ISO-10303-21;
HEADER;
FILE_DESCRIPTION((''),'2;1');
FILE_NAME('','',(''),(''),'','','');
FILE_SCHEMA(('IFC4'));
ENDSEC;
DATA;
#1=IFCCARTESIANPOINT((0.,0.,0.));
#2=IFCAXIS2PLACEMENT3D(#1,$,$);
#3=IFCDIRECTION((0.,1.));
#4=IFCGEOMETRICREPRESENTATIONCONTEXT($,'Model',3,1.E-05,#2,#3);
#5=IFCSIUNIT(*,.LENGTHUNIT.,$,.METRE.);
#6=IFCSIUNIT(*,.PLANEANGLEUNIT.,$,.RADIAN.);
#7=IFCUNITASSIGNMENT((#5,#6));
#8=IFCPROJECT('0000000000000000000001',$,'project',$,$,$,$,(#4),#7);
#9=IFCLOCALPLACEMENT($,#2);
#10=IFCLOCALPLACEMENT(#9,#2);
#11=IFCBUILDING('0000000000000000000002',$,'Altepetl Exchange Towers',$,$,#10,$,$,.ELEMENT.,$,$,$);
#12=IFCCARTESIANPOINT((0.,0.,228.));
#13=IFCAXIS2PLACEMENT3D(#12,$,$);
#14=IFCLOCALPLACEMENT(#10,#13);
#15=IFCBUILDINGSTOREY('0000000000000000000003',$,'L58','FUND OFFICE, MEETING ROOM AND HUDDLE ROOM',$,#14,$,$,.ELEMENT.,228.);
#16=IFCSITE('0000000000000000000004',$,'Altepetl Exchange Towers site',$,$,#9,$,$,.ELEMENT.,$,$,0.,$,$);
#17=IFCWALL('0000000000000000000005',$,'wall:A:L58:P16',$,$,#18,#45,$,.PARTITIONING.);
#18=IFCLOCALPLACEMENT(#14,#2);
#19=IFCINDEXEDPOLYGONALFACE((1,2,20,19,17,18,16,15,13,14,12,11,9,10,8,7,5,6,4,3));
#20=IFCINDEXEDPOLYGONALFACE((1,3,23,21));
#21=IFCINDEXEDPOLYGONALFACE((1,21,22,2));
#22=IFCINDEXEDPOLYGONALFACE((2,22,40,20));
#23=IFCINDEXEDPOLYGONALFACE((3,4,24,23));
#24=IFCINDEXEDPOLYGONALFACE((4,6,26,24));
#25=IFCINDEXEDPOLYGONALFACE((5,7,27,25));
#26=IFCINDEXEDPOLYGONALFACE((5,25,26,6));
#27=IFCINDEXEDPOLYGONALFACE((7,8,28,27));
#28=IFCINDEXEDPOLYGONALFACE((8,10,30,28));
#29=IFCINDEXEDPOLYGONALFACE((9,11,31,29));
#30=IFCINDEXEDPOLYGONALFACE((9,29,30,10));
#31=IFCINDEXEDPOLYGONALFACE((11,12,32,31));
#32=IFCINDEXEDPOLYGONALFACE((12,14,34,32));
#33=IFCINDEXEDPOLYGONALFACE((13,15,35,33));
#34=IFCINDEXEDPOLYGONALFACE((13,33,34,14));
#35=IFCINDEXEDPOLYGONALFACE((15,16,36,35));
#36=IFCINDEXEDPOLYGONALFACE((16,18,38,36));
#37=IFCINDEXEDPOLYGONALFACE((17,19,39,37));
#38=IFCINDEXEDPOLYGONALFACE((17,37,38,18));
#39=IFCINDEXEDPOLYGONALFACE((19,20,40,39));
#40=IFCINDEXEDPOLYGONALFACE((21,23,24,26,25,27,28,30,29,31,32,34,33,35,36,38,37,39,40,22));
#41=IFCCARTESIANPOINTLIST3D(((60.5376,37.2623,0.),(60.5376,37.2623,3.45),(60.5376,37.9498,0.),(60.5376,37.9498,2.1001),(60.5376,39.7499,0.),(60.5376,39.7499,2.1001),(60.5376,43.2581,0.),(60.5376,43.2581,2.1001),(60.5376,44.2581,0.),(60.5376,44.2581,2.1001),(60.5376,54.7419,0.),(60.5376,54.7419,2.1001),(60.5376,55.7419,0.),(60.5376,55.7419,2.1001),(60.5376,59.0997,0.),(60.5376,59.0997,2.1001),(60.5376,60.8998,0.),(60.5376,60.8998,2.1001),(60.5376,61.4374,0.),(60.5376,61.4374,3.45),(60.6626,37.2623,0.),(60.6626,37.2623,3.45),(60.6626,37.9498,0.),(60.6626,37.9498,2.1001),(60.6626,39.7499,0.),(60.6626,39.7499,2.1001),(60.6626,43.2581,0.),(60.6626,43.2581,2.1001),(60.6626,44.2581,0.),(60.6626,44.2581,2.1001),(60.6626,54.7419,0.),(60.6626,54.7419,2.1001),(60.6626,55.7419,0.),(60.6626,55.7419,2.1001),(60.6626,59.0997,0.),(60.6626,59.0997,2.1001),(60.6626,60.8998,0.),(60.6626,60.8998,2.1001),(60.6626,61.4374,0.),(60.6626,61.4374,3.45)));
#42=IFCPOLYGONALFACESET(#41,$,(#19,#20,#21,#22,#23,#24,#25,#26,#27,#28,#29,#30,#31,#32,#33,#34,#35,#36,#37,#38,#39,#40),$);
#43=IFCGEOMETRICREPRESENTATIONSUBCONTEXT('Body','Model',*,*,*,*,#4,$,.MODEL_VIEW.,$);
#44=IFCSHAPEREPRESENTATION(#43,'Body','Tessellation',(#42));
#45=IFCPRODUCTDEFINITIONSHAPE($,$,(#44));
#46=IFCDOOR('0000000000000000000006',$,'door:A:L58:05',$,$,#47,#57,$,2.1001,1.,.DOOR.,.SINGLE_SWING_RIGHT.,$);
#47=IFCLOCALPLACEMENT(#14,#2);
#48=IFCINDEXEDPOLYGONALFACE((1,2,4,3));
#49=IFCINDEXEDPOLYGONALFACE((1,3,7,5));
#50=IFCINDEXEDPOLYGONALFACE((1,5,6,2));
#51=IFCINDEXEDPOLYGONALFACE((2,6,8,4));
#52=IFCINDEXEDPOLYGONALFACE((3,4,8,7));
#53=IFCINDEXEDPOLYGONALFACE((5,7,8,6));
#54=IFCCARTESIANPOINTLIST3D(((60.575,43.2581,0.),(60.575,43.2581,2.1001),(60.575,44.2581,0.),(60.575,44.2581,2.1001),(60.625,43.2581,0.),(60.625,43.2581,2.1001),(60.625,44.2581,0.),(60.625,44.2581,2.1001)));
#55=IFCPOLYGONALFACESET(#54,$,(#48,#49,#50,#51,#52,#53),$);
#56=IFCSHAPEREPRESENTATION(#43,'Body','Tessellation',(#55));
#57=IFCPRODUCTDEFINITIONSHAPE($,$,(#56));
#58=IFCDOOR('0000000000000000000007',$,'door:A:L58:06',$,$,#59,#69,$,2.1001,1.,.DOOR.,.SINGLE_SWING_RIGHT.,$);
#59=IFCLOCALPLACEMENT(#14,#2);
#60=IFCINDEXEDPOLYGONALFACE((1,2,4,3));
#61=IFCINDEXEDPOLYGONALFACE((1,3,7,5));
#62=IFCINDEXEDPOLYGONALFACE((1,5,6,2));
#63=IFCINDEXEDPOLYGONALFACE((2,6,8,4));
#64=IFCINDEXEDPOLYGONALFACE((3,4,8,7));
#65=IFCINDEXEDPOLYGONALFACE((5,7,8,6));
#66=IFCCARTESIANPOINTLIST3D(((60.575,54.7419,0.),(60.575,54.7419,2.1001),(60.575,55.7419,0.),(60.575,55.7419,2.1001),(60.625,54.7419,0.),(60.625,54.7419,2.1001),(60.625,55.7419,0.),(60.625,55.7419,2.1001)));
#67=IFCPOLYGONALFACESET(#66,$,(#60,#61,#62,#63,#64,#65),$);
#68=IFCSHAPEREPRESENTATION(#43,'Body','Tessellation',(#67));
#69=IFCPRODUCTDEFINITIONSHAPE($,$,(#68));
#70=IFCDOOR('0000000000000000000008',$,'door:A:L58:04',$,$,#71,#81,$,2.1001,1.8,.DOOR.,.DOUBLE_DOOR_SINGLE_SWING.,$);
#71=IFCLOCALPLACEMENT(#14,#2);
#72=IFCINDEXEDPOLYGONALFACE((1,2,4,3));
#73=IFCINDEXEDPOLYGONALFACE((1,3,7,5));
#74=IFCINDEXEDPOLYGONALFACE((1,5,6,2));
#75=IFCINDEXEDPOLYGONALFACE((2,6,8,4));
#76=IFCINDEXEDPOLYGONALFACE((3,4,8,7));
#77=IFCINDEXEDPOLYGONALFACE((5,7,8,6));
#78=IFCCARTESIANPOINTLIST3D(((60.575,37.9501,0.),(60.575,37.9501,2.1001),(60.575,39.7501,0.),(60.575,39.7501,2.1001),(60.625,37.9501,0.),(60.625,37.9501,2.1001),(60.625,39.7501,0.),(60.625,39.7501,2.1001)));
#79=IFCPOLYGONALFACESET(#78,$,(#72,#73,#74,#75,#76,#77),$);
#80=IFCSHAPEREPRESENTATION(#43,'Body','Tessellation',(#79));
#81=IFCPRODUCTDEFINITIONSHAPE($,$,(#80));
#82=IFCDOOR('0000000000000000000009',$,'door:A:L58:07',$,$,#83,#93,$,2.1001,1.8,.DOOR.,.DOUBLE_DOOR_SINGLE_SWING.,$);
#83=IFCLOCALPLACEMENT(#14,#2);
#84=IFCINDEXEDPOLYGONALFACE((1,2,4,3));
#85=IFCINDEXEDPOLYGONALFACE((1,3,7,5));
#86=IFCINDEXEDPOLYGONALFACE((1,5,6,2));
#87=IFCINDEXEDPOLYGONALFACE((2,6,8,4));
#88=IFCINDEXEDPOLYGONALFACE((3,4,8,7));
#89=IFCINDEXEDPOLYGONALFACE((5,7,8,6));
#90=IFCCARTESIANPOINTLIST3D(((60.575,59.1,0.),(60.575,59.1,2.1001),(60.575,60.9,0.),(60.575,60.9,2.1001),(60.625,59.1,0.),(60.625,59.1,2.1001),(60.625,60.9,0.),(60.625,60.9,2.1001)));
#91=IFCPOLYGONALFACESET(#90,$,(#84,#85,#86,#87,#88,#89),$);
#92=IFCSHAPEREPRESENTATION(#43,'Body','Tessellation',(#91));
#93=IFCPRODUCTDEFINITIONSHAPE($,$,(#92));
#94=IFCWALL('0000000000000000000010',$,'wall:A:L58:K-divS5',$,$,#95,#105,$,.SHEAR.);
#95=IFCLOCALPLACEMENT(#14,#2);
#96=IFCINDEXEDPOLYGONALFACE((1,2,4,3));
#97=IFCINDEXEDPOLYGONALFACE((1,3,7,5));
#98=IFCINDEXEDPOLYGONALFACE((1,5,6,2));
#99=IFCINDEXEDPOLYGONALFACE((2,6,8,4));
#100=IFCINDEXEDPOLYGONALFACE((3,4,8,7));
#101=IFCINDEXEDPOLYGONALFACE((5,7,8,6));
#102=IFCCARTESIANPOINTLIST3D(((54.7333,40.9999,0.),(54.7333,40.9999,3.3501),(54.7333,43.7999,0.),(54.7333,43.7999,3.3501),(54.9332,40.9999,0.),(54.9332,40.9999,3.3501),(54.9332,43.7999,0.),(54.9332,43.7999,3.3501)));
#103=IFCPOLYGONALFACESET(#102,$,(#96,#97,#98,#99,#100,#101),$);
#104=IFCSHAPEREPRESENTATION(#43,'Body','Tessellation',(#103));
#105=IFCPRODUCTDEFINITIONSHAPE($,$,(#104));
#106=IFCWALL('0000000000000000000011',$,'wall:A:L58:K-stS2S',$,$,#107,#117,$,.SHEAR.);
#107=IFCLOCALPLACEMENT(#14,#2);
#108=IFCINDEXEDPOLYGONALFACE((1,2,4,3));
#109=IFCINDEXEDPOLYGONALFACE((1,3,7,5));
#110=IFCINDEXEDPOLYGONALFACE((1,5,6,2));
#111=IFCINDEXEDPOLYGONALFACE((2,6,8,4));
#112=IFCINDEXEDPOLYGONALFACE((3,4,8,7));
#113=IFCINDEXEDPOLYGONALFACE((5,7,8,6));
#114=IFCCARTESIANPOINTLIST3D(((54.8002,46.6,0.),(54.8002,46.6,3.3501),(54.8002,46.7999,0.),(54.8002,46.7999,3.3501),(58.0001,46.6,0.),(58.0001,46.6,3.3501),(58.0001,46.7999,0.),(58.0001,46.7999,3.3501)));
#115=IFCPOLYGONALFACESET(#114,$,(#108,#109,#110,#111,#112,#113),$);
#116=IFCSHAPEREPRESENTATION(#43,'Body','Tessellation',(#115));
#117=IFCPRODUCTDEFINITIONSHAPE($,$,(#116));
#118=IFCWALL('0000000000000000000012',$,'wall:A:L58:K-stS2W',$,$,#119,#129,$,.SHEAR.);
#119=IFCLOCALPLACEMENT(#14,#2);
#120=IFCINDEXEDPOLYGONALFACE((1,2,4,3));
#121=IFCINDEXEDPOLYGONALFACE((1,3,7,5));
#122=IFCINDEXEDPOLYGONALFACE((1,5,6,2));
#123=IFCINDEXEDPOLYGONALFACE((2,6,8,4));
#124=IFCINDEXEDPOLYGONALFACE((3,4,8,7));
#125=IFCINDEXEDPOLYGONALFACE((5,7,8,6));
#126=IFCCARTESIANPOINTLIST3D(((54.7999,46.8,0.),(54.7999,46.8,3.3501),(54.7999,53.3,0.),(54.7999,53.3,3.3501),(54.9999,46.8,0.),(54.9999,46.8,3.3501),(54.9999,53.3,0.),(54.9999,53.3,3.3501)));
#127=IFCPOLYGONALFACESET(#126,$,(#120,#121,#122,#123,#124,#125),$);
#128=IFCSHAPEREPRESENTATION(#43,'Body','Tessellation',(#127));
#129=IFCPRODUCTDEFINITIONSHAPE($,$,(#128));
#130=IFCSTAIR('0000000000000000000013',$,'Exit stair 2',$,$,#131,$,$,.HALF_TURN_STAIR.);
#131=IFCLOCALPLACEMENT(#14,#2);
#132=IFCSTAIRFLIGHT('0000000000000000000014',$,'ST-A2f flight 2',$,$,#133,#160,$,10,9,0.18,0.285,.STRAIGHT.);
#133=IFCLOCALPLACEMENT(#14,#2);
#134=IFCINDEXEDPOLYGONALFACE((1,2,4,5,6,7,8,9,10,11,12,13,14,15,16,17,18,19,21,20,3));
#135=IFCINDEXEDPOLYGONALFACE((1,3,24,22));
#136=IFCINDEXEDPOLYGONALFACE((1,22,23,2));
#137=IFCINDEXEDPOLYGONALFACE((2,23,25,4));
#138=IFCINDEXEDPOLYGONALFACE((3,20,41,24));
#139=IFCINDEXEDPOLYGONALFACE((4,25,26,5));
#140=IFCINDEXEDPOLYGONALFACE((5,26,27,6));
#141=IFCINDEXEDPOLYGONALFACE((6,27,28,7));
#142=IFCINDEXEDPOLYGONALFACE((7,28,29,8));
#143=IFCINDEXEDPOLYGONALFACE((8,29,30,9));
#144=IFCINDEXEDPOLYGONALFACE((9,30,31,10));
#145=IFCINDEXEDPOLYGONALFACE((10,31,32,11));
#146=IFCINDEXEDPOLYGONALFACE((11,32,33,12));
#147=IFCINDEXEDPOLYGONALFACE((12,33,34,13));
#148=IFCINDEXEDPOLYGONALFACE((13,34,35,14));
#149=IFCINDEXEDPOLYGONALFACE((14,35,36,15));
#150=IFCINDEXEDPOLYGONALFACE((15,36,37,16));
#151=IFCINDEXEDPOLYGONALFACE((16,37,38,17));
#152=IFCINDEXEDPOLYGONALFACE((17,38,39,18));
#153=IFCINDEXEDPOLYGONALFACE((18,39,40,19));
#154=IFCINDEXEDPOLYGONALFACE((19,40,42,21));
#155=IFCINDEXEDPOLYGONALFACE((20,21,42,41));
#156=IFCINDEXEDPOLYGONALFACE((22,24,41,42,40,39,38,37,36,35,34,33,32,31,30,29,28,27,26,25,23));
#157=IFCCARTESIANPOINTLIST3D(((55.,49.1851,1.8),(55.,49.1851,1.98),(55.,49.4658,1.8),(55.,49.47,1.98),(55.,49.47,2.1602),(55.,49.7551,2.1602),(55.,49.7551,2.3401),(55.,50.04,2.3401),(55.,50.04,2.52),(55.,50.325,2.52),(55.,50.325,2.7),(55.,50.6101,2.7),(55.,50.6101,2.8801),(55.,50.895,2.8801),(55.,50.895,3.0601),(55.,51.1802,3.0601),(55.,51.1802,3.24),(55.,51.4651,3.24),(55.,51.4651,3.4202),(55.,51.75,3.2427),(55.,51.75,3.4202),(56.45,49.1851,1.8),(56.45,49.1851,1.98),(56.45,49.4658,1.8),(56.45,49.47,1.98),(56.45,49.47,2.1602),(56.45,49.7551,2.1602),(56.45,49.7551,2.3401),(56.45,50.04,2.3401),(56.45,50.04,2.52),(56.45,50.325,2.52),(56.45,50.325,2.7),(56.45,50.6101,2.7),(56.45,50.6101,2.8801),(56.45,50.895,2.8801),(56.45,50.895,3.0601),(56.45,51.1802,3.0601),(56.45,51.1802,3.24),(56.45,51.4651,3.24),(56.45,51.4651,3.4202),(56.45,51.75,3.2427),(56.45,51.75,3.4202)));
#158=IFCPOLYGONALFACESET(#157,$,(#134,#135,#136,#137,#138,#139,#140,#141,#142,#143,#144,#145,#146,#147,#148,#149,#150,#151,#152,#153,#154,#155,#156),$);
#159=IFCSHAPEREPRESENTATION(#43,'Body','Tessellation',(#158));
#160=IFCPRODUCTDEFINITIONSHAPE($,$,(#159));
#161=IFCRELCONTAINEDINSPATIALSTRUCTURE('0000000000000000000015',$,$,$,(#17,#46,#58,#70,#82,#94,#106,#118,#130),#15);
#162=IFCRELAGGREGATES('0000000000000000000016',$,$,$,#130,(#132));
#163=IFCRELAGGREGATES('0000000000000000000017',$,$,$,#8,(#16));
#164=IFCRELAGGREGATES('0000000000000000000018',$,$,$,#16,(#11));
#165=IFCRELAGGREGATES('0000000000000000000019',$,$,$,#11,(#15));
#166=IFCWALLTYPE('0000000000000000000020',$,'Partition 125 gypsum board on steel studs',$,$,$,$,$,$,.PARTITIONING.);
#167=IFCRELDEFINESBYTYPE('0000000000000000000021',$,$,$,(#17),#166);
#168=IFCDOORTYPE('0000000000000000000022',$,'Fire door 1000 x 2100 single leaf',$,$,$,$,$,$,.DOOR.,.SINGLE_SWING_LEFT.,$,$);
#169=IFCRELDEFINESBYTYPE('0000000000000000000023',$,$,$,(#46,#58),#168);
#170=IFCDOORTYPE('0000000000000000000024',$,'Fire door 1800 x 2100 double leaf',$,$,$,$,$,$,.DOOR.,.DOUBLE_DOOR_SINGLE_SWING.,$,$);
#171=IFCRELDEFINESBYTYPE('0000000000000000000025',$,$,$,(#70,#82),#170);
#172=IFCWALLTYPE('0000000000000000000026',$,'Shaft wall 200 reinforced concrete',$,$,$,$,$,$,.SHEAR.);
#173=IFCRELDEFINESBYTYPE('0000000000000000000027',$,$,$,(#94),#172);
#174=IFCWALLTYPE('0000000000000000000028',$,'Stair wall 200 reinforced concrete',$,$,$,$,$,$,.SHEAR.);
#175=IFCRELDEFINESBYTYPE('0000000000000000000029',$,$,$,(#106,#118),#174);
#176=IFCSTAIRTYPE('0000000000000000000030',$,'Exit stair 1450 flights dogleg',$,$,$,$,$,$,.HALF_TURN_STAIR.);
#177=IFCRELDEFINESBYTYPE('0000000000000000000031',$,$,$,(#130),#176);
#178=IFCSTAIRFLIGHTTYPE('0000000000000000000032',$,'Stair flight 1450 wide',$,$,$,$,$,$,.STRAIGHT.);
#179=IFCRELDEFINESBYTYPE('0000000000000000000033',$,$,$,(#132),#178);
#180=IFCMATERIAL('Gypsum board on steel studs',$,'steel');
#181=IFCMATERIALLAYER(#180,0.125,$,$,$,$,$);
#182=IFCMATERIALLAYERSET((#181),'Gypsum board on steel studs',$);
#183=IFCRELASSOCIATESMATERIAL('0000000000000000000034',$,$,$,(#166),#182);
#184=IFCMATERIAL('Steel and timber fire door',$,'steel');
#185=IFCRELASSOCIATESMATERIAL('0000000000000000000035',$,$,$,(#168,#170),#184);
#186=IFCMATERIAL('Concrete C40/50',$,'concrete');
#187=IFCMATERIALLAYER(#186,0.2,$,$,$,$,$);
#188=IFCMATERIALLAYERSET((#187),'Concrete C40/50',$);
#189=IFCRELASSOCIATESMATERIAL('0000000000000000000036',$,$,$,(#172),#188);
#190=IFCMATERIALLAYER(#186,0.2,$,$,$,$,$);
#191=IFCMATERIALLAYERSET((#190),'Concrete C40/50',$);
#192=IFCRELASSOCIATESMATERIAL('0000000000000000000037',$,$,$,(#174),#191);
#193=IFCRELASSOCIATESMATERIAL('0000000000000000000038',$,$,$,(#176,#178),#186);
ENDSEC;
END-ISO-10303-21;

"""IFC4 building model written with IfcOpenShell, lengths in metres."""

from ifc_helpers import new_model, si_unit, direction, frame, frame_2d, origin, place, context, subcontext, project, spatial, polyline, rectangle, outline, extrude, material, layer, layer_set, type_object, element, fill, aggregate, save


model = new_model("IFC4")

# Units and contexts
model_context = context("Model", 3, precision=1e-05, world=origin(), true_north=direction((0.0, 1.0)))
body_context = subcontext(model_context, "Body", "Model", "MODEL_VIEW")
ifc_project = project(units=[si_unit("LENGTHUNIT", "METRE"), si_unit("PLANEANGLEUNIT", "RADIAN")], contexts=[model_context])

# Site, building, storey
site_placement = place(None, origin())
site = spatial("IfcSite", under=ifc_project, at=site_placement, Name="Altepetl Exchange Towers site", CompositionType="ELEMENT", RefElevation=0.0)
building_placement = place(site_placement, origin())
building = spatial("IfcBuilding", under=site, at=building_placement, Name="Altepetl Exchange Towers", CompositionType="ELEMENT")
storey_placement = place(building_placement, frame((0.0, 0.0, 228.0)))
storey = spatial("IfcBuildingStorey", under=building, at=storey_placement, Name="L58", Description="FUND OFFICE, MEETING ROOM AND HUDDLE ROOM", CompositionType="ELEMENT", Elevation=228.0)

# Shared definitions
ifc_material_1 = material(Name="Steel and timber fire door", Category="steel")

# Shared definitions
ifc_material_2 = material(Name="Gypsum board on steel studs", Category="steel")
ifc_layer_1 = layer(ifc_material_2, 0.125)
ifc_layer_set_1 = layer_set([ifc_layer_1], Name="Gypsum board on steel studs")
wall_type_1 = type_object("IfcWallType", Name="Partition 125 gypsum board on steel studs", PredefinedType="PARTITIONING", material=ifc_layer_set_1)

# Wall, openings, doors
wall_1_placement = place(storey_placement, frame((60.6001, 37.2625, 0.0), z_axis=(0.0, 0.0, 1.0), x_axis=(0.0, 1.0, 0.0)))
wall_1 = element("IfcWall", 1, at=wall_1_placement, inside=storey, type_object=wall_type_1, Name="wall:A:L58:P16", PredefinedType="PARTITIONING", context=body_context, shape_type="SweptSolid", body=[
    extrude(rectangle(XDim=24.175, YDim=0.125, at=frame_2d((12.0874, 0.0))), origin(), (0.0, 0.0, 1.0), 3.45),
])
opening_1_placement = place(wall_1_placement, frame((0.6875, 0.0, 0.0)))
opening_1 = element("IfcOpeningElement", 2, at=opening_1_placement, cuts=wall_1, PredefinedType="OPENING", context=body_context, shape_type="SweptSolid", body=[
    extrude(rectangle(XDim=1.8, YDim=2.1001, at=frame_2d((0.8999, 1.05))), frame((0.0, 0.0725, 0.0), z_axis=(0.0, -1.0, 0.0), x_axis=(1.0, 0.0, 0.0)), (0.0, 0.0, 1.0), 0.145),
])
opening_2_placement = place(wall_1_placement, frame((5.9956, 0.0, 0.0)))
opening_2 = element("IfcOpeningElement", 3, at=opening_2_placement, cuts=wall_1, PredefinedType="OPENING", context=body_context, shape_type="SweptSolid", body=[
    extrude(rectangle(XDim=1.0, YDim=2.1001, at=frame_2d((0.5, 1.05))), frame((0.0, 0.0725, 0.0), z_axis=(0.0, -1.0, 0.0), x_axis=(1.0, 0.0, 0.0)), (0.0, 0.0, 1.0), 0.145),
])
opening_3_placement = place(wall_1_placement, frame((17.4795, 0.0, 0.0)))
opening_3 = element("IfcOpeningElement", 4, at=opening_3_placement, cuts=wall_1, PredefinedType="OPENING", context=body_context, shape_type="SweptSolid", body=[
    extrude(rectangle(XDim=1.0, YDim=2.1001, at=frame_2d((0.5, 1.05))), frame((0.0, 0.0725, 0.0), z_axis=(0.0, -1.0, 0.0), x_axis=(1.0, 0.0, 0.0)), (0.0, 0.0, 1.0), 0.145),
])
opening_4_placement = place(wall_1_placement, frame((21.8374, 0.0, 0.0)))
opening_4 = element("IfcOpeningElement", 5, at=opening_4_placement, cuts=wall_1, PredefinedType="OPENING", context=body_context, shape_type="SweptSolid", body=[
    extrude(rectangle(XDim=1.8, YDim=2.1001, at=frame_2d((0.8999, 1.05))), frame((0.0, 0.0725, 0.0), z_axis=(0.0, -1.0, 0.0), x_axis=(1.0, 0.0, 0.0)), (0.0, 0.0, 1.0), 0.145),
])
door_type_1 = type_object("IfcDoorType", Name="Fire door 1000 x 2100 single leaf", OperationType="SINGLE_SWING_LEFT", PredefinedType="DOOR", material=ifc_material_1)
door_1_placement = place(opening_2_placement, frame((1.0, 0.0, 0.0), x_axis=(-1.0, 0.0, 0.0)))
door_1 = element("IfcDoor", 6, at=door_1_placement, inside=storey, type_object=door_type_1, Name="door:A:L58:05", OperationType="SINGLE_SWING_RIGHT", OverallHeight=2.1001, OverallWidth=1.0, PredefinedType="DOOR", context=body_context, shape_type="SweptSolid", body=[
    extrude(rectangle(XDim=1.0, YDim=2.1001, at=frame_2d((0.5, 1.05))), frame((0.0, 0.0249, 0.0), z_axis=(0.0, -1.0, 0.0), x_axis=(1.0, 0.0, 0.0)), (0.0, 0.0, 1.0), 0.05),
])
fill(opening_2, door_1)
door_2_placement = place(opening_3_placement, frame((1.0, 0.0, 0.0), x_axis=(-1.0, 0.0, 0.0)))
door_2 = element("IfcDoor", 7, at=door_2_placement, inside=storey, type_object=door_type_1, Name="door:A:L58:06", OperationType="SINGLE_SWING_RIGHT", OverallHeight=2.1001, OverallWidth=1.0, PredefinedType="DOOR", context=body_context, shape_type="SweptSolid", body=[
    extrude(rectangle(XDim=1.0, YDim=2.1001, at=frame_2d((0.5, 1.05))), frame((0.0, 0.0249, 0.0), z_axis=(0.0, -1.0, 0.0), x_axis=(1.0, 0.0, 0.0)), (0.0, 0.0, 1.0), 0.05),
])
fill(opening_3, door_2)
door_type_2 = type_object("IfcDoorType", Name="Fire door 1800 x 2100 double leaf", OperationType="DOUBLE_DOOR_SINGLE_SWING", PredefinedType="DOOR", material=ifc_material_1)
door_3_placement = place(opening_1_placement, frame((1.8, 0.0, 0.0), x_axis=(-1.0, 0.0, 0.0)))
door_3 = element("IfcDoor", 8, at=door_3_placement, inside=storey, type_object=door_type_2, Name="door:A:L58:04", OperationType="DOUBLE_DOOR_SINGLE_SWING", OverallHeight=2.1001, OverallWidth=1.8, PredefinedType="DOOR", context=body_context, shape_type="SweptSolid", body=[
    extrude(rectangle(XDim=1.8, YDim=2.1001, at=frame_2d((0.8999, 1.05))), frame((0.0, 0.0249, 0.0), z_axis=(0.0, -1.0, 0.0), x_axis=(1.0, 0.0, 0.0)), (0.0, 0.0, 1.0), 0.05),
])
fill(opening_1, door_3)
door_4_placement = place(opening_4_placement, frame((1.8, 0.0, 0.0), x_axis=(-1.0, 0.0, 0.0)))
door_4 = element("IfcDoor", 9, at=door_4_placement, inside=storey, type_object=door_type_2, Name="door:A:L58:07", OperationType="DOUBLE_DOOR_SINGLE_SWING", OverallHeight=2.1001, OverallWidth=1.8, PredefinedType="DOOR", context=body_context, shape_type="SweptSolid", body=[
    extrude(rectangle(XDim=1.8, YDim=2.1001, at=frame_2d((0.8999, 1.05))), frame((0.0, 0.0249, 0.0), z_axis=(0.0, -1.0, 0.0), x_axis=(1.0, 0.0, 0.0)), (0.0, 0.0, 1.0), 0.05),
])
fill(opening_4, door_4)

# Walls
ifc_material_3 = material(Name="Concrete C40/50", Category="concrete")
ifc_layer_2 = layer(ifc_material_3, 0.2)
ifc_layer_set_2 = layer_set([ifc_layer_2], Name="Concrete C40/50")
wall_type_2 = type_object("IfcWallType", Name="Shaft wall 200 reinforced concrete", PredefinedType="SHEAR", material=ifc_layer_set_2)
wall_2_placement = place(storey_placement, frame((54.8333, 41.0, 0.0), z_axis=(0.0, 0.0, 1.0), x_axis=(0.0, 1.0, 0.0)))
element("IfcWall", 10, at=wall_2_placement, inside=storey, type_object=wall_type_2, Name="wall:A:L58:K-divS5", PredefinedType="SHEAR", context=body_context, shape_type="SweptSolid", body=[
    extrude(rectangle(XDim=2.8, YDim=0.2, at=frame_2d((1.3999, 0.0))), origin(), (0.0, 0.0, 1.0), 3.3501),
])
ifc_layer_3 = layer(ifc_material_3, 0.2)
ifc_layer_set_3 = layer_set([ifc_layer_3], Name="Concrete C40/50")
wall_type_3 = type_object("IfcWallType", Name="Stair wall 200 reinforced concrete", PredefinedType="SHEAR", material=ifc_layer_set_3)
wall_3_placement = place(storey_placement, frame((54.8, 46.7, 0.0)))
element("IfcWall", 11, at=wall_3_placement, inside=storey, type_object=wall_type_3, Name="wall:A:L58:K-stS2S", PredefinedType="SHEAR", context=body_context, shape_type="SweptSolid", body=[
    extrude(rectangle(XDim=3.2, YDim=0.2, at=frame_2d((1.6001, 0.0))), origin(), (0.0, 0.0, 1.0), 3.3501),
])
wall_4_placement = place(storey_placement, frame((54.8999, 46.8, 0.0), z_axis=(0.0, 0.0, 1.0), x_axis=(0.0, 1.0, 0.0)))
element("IfcWall", 12, at=wall_4_placement, inside=storey, type_object=wall_type_3, Name="wall:A:L58:K-stS2W", PredefinedType="SHEAR", context=body_context, shape_type="SweptSolid", body=[
    extrude(rectangle(XDim=6.5, YDim=0.2, at=frame_2d((3.25, 0.0))), origin(), (0.0, 0.0, 1.0), 3.3501),
])

# Stair, stair flight
stair_type = type_object("IfcStairType", Name="Exit stair 1450 flights dogleg", PredefinedType="HALF_TURN_STAIR", material=ifc_material_3)
stair_placement = place(storey_placement, origin())
stair = element("IfcStair", 13, at=stair_placement, inside=storey, type_object=stair_type, Name="Exit stair 2", PredefinedType="HALF_TURN_STAIR")
stair_flight_type = type_object("IfcStairFlightType", Name="Stair flight 1450 wide", PredefinedType="STRAIGHT", material=ifc_material_3)
stair_flight_placement = place(storey_placement, frame((55.7251, 49.1851, 1.8), z_axis=(0.0, 0.0, 1.0), x_axis=(0.0, 1.0, 0.0)))
stair_flight = element("IfcStairFlight", 14, at=stair_flight_placement, type_object=stair_flight_type, Name="ST-A2f flight 2", NumberOfRisers=10, NumberOfTreads=9, PredefinedType="STRAIGHT", RiserHeight=0.18, TreadLength=0.285, context=body_context, shape_type="SweptSolid", body=[
    extrude(outline(polyline([(0.0, 0.0), (0.0, 0.1799), (0.2849, 0.1799), (0.2849, 0.3601), (0.5701, 0.3601), (0.5701, 0.54), (0.855, 0.54), (0.855, 0.72), (1.1399, 0.72), (1.1399, 0.8999), (1.425, 0.8999), (1.425, 1.0801), (1.71, 1.0801), (1.71, 1.26), (1.9951, 1.26), (1.9951, 1.4399), (2.28, 1.4399), (2.28, 1.6201), (2.5649, 1.6201), (2.5649, 1.8), (2.5649, 1.4426), (0.2808, 0.0), (0.0, 0.0)])), frame((0.0, 0.7251, 0.0), z_axis=(0.0, -1.0, 0.0), x_axis=(1.0, 0.0, 0.0)), (0.0, 0.0, 1.0), 1.45),
])
aggregate(stair, [stair_flight])

save(model, "model.ifc")
